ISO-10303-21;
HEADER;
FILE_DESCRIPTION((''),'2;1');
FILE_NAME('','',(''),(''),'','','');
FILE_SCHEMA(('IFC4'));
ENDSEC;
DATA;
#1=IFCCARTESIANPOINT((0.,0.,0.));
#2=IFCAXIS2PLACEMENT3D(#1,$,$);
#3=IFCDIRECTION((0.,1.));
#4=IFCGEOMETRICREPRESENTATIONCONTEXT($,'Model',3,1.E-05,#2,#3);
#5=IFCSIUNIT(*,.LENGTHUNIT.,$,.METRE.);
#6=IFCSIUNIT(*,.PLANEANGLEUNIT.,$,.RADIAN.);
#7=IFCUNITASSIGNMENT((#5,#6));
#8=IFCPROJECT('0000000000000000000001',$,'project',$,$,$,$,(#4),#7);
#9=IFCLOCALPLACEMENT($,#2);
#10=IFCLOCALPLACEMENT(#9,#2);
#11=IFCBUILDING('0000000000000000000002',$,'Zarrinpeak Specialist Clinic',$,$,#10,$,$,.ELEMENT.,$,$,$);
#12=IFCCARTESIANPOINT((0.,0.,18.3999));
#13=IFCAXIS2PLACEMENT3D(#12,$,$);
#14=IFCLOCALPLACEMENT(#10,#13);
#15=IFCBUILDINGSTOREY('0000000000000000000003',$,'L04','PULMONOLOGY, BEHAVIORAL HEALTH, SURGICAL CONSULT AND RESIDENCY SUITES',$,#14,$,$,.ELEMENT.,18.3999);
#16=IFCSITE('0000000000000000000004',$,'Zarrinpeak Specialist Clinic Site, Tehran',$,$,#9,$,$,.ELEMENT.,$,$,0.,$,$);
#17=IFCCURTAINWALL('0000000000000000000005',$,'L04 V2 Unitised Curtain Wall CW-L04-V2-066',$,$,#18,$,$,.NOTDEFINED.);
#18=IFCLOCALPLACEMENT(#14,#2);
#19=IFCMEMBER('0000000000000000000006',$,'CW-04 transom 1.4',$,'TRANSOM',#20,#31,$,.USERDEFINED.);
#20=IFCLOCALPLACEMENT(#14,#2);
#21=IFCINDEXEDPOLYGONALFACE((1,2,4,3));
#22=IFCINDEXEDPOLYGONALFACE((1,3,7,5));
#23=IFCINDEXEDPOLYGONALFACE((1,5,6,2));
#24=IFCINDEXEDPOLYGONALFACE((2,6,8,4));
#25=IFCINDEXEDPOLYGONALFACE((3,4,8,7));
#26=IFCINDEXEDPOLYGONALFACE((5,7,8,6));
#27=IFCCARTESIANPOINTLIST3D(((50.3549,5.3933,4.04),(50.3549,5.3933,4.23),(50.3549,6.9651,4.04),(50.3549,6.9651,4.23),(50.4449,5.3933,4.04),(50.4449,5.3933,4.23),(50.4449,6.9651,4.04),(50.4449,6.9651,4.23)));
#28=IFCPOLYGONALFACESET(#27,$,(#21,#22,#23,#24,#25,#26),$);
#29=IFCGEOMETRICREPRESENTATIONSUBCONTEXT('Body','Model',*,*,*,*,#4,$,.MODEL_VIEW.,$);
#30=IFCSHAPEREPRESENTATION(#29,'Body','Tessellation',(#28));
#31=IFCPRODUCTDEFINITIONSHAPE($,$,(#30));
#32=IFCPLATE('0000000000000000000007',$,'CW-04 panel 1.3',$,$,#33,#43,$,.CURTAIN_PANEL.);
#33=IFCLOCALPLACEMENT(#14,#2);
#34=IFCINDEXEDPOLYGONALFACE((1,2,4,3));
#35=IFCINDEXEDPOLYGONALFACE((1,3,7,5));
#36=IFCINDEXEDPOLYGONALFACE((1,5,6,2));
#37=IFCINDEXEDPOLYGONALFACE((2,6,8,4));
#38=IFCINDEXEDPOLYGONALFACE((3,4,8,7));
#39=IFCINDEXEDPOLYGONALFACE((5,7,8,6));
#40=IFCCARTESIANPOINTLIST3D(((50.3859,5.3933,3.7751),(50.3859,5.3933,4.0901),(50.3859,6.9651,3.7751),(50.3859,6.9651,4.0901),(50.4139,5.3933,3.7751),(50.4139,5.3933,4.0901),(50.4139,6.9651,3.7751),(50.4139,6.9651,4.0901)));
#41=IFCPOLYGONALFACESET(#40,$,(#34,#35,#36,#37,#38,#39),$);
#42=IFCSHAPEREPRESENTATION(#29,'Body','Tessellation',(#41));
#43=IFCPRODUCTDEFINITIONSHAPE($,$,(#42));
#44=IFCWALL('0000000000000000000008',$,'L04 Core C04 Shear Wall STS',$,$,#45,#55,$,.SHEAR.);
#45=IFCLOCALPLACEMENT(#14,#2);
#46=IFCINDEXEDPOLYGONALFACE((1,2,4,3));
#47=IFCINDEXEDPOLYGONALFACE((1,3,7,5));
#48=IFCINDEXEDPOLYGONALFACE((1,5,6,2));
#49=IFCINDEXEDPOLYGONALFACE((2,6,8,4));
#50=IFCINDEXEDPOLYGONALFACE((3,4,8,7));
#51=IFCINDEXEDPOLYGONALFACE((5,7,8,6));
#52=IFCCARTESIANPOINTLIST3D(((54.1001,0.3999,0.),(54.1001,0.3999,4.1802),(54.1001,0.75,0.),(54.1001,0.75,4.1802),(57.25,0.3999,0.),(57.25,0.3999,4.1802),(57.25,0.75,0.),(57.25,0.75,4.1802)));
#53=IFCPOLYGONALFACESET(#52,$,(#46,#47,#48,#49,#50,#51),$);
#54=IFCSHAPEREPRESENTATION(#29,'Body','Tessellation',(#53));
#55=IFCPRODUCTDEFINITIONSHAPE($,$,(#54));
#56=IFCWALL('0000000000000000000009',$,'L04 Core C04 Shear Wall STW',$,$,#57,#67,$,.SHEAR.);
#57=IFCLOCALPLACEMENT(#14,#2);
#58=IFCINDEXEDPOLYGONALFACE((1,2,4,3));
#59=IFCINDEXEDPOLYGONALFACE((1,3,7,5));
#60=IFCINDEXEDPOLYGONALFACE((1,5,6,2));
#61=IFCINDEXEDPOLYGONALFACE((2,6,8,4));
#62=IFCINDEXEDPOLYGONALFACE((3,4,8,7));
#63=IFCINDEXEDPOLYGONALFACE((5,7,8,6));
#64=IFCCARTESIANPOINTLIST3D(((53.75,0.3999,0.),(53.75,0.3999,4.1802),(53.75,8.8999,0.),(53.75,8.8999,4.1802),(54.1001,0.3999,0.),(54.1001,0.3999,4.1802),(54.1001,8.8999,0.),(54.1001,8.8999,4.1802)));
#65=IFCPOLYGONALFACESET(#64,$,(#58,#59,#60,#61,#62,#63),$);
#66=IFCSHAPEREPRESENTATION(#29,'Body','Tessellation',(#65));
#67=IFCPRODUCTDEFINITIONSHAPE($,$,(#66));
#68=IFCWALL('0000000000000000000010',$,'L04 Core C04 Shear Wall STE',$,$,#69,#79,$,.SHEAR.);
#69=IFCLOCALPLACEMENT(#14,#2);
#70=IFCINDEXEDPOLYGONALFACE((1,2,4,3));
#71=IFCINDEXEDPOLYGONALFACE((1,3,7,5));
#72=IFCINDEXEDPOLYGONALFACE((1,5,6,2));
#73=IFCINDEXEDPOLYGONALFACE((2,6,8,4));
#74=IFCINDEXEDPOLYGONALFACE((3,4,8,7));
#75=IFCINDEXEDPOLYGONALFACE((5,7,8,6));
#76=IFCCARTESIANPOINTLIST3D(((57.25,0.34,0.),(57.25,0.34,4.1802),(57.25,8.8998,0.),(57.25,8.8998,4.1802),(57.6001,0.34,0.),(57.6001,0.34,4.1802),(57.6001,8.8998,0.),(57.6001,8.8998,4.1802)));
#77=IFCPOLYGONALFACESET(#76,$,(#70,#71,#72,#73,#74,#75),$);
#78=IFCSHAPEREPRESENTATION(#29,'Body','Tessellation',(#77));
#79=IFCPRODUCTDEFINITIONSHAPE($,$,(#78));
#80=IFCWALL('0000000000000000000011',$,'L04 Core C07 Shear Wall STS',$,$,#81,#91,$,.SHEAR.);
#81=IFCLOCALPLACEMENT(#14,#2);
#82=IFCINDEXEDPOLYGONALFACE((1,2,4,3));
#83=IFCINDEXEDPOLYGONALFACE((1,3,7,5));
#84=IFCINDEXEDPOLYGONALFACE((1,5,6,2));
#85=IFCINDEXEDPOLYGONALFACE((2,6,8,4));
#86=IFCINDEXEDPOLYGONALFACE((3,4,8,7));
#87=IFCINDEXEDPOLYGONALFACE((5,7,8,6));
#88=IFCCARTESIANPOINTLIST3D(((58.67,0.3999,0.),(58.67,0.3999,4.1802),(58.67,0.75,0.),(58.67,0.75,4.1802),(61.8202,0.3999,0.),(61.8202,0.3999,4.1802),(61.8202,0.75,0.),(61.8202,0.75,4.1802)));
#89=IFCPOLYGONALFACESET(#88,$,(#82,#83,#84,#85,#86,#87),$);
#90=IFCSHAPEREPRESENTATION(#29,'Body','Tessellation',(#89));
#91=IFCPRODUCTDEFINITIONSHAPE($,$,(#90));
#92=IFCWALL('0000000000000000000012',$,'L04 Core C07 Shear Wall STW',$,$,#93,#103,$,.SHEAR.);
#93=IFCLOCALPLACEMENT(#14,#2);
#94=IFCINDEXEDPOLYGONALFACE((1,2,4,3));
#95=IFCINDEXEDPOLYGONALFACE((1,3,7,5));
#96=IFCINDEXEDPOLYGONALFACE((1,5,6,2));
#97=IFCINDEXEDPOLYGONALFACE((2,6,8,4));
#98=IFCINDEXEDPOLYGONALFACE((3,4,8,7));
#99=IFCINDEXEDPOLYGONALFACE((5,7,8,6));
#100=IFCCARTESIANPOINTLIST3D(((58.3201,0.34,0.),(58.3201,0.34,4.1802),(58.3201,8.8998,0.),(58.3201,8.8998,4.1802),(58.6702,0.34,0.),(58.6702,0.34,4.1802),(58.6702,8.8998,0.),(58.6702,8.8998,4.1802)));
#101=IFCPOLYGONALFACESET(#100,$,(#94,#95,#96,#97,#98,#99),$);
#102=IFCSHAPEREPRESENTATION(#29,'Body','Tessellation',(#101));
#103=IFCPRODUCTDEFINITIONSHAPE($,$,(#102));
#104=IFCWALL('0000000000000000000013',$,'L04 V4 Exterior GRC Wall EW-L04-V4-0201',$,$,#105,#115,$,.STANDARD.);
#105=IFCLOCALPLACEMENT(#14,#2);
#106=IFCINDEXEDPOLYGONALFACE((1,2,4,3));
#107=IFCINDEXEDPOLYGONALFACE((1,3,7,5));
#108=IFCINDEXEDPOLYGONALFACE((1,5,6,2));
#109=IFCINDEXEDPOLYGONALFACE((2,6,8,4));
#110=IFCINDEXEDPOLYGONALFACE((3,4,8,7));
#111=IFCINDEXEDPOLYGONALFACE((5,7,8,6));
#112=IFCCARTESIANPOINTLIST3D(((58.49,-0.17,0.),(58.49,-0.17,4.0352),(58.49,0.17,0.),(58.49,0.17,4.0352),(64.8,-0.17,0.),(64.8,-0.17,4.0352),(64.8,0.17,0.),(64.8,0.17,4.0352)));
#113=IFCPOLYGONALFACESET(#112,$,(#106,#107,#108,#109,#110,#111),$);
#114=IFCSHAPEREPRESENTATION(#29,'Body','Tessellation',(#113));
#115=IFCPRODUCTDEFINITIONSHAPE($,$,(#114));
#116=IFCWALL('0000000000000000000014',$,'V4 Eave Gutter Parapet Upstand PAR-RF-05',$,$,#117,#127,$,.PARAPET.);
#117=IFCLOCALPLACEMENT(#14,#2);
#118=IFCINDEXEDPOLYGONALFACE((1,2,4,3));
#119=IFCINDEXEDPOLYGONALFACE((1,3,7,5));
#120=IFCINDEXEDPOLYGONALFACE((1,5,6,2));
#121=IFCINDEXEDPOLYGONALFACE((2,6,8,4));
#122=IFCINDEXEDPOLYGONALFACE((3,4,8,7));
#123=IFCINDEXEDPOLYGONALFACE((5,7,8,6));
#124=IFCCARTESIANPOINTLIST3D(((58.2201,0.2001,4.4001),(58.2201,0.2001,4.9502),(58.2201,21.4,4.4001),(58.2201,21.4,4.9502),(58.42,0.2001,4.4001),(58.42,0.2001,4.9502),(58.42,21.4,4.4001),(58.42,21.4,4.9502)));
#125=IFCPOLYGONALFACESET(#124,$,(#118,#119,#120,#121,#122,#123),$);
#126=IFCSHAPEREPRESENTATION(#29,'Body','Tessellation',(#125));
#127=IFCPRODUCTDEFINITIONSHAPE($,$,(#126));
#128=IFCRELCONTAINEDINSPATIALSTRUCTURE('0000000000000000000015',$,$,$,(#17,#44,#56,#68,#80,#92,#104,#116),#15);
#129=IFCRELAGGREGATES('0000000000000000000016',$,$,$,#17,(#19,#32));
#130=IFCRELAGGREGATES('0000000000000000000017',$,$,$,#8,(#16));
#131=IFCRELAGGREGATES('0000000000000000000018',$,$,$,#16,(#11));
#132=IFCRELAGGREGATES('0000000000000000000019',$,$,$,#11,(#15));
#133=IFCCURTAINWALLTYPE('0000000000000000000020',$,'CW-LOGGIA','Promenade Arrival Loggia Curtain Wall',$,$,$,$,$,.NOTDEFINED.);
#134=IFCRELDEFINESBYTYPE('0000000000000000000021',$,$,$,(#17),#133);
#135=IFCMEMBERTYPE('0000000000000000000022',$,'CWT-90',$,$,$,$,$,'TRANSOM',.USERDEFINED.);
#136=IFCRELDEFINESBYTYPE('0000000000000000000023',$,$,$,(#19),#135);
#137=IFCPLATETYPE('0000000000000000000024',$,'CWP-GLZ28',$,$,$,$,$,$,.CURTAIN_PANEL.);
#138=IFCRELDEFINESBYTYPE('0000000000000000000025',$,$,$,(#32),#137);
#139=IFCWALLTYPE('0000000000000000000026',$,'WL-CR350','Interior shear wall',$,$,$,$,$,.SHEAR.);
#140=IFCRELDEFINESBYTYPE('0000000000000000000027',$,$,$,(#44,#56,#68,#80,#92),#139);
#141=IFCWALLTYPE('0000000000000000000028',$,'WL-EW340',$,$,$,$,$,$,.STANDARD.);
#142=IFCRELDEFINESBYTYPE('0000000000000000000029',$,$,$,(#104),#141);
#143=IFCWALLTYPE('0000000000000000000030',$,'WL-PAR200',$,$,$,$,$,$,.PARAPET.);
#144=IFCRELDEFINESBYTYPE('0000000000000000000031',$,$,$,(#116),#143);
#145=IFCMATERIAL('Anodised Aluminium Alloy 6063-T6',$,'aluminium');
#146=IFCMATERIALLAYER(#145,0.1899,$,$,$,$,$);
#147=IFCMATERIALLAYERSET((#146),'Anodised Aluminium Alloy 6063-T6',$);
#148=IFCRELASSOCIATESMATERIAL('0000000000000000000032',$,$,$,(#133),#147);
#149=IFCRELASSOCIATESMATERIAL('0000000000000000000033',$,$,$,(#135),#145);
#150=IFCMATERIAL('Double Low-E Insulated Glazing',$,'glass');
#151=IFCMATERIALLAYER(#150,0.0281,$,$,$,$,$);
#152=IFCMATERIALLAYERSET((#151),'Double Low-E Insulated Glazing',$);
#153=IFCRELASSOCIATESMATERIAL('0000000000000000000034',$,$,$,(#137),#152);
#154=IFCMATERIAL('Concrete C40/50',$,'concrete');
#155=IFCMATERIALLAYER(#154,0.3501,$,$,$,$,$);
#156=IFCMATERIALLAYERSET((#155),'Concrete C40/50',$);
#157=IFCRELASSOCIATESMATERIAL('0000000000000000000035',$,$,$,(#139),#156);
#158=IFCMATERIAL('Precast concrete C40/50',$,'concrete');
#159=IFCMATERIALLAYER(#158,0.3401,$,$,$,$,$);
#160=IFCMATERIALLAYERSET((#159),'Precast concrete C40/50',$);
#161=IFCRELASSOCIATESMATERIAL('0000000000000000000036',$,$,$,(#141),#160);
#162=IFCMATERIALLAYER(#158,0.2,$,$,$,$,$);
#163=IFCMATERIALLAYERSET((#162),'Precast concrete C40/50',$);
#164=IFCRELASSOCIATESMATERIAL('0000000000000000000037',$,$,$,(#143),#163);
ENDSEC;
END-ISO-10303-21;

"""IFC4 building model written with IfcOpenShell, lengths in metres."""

from ifc_helpers import new_model, si_unit, direction, frame, frame_2d, origin, origin_2d, place, context, subcontext, project, spatial, rectangle, extrude, material, layer, layer_set, material_profile, profile_set, type_object, element, aggregate, save


model = new_model("IFC4")

# Units and contexts
model_context = context("Model", 3, precision=1e-05, world=origin(), true_north=direction((0.0, 1.0)))
body_context = subcontext(model_context, "Body", "Model", "MODEL_VIEW")
ifc_project = project(units=[si_unit("LENGTHUNIT", "METRE"), si_unit("PLANEANGLEUNIT", "RADIAN")], contexts=[model_context])

# Site, building, storey
site_placement = place(None, origin())
site = spatial("IfcSite", under=ifc_project, at=site_placement, Name="Zarrinpeak Specialist Clinic Site, Tehran", CompositionType="ELEMENT", RefElevation=0.0)
building_placement = place(site_placement, origin())
building = spatial("IfcBuilding", under=site, at=building_placement, Name="Zarrinpeak Specialist Clinic", CompositionType="ELEMENT")
storey_placement = place(building_placement, frame((0.0, 0.0, 18.3999)))
storey = spatial("IfcBuildingStorey", under=building, at=storey_placement, Name="L04", Description="PULMONOLOGY, BEHAVIORAL HEALTH, SURGICAL CONSULT AND RESIDENCY SUITES", CompositionType="ELEMENT", Elevation=18.3999)

# Curtain wall, member, plate
ifc_material_1 = material(Name="Anodised Aluminium Alloy 6063-T6", Category="aluminium")
ifc_layer_1 = layer(ifc_material_1, 0.1899)
ifc_layer_set_1 = layer_set([ifc_layer_1], Name="Anodised Aluminium Alloy 6063-T6")
curtain_wall_type = type_object("IfcCurtainWallType", Name="CW-LOGGIA", Description="Promenade Arrival Loggia Curtain Wall", PredefinedType="NOTDEFINED", material=ifc_layer_set_1)
curtain_wall_placement = place(storey_placement, origin())
curtain_wall = element("IfcCurtainWall", 1, at=curtain_wall_placement, inside=storey, type_object=curtain_wall_type, Name="L04 V2 Unitised Curtain Wall CW-L04-V2-066", PredefinedType="NOTDEFINED")
ifc_material_profile_1 = material_profile(ifc_material_1, rectangle(XDim=0.0901, YDim=0.1899, at=origin_2d()), Name="ALU 90x190")
ifc_profile_set_1 = profile_set([ifc_material_profile_1], Name="Anodised Aluminium Alloy 6063-T6")
member_type_1 = type_object("IfcMemberType", Name="CWT-90", ElementType="TRANSOM", PredefinedType="USERDEFINED", material=ifc_profile_set_1)
member_1_placement = place(storey_placement, frame((50.3999, 6.9651, 4.135), z_axis=(0.0, -1.0, 0.0), x_axis=(1.0, 0.0, 0.0)))
member_1 = element("IfcMember", 2, at=member_1_placement, type_object=member_type_1, Name="CW-04 transom 1.4", ObjectType="TRANSOM", PredefinedType="USERDEFINED", context=body_context, shape_type="SweptSolid", body=[
    extrude(rectangle(XDim=0.0901, YDim=0.1899, at=origin_2d()), origin(), (0.0, 0.0, 1.0), 1.5718),
])
ifc_material_2 = material(Name="Double Low-E Insulated Glazing", Category="glass")
ifc_layer_2 = layer(ifc_material_2, 0.0281)
ifc_layer_set_2 = layer_set([ifc_layer_2], Name="Double Low-E Insulated Glazing")
plate_type = type_object("IfcPlateType", Name="CWP-GLZ28", PredefinedType="CURTAIN_PANEL", material=ifc_layer_set_2)
plate_placement = place(storey_placement, frame((50.3999, 6.1792, 3.7751), z_axis=(0.0, 0.0, 1.0), x_axis=(0.0, -1.0, 0.0)))
plate = element("IfcPlate", 3, at=plate_placement, type_object=plate_type, Name="CW-04 panel 1.3", PredefinedType="CURTAIN_PANEL", context=body_context, shape_type="SweptSolid", body=[
    extrude(rectangle(XDim=1.5718, YDim=0.0281, at=origin_2d()), origin(), (0.0, 0.0, 1.0), 0.3149),
])
aggregate(curtain_wall, [member_1, plate])

# Walls
ifc_material_3 = material(Name="Concrete C40/50", Category="concrete")
ifc_layer_3 = layer(ifc_material_3, 0.3501)
ifc_layer_set_3 = layer_set([ifc_layer_3], Name="Concrete C40/50")
wall_type_1 = type_object("IfcWallType", Name="WL-CR350", Description="Interior shear wall", PredefinedType="SHEAR", material=ifc_layer_set_3)
wall_1_placement = place(storey_placement, frame((54.1001, 0.575, 0.0), z_axis=(0.0, 0.0, 1.0), x_axis=(1.0, 0.0, 0.0)))
element("IfcWall", 4, at=wall_1_placement, inside=storey, type_object=wall_type_1, Name="L04 Core C04 Shear Wall STS", PredefinedType="SHEAR", context=body_context, shape_type="SweptSolid", body=[
    extrude(rectangle(XDim=3.1499, YDim=0.3501, at=frame_2d((1.575, 0.0))), origin(), (0.0, 0.0, 1.0), 4.1802),
])
wall_2_placement = place(storey_placement, frame((53.925, 0.3999, 0.0), z_axis=(0.0, 0.0, 1.0), x_axis=(0.0, 1.0, 0.0)))
element("IfcWall", 5, at=wall_2_placement, inside=storey, type_object=wall_type_1, Name="L04 Core C04 Shear Wall STW", PredefinedType="SHEAR", context=body_context, shape_type="SweptSolid", body=[
    extrude(rectangle(XDim=8.5, YDim=0.3501, at=frame_2d((4.25, 0.0))), origin(), (0.0, 0.0, 1.0), 4.1802),
])
wall_3_placement = place(storey_placement, frame((57.425, 0.3401, 0.0), z_axis=(0.0, 0.0, 1.0), x_axis=(0.0, 1.0, 0.0)))
element("IfcWall", 6, at=wall_3_placement, inside=storey, type_object=wall_type_1, Name="L04 Core C04 Shear Wall STE", PredefinedType="SHEAR", context=body_context, shape_type="SweptSolid", body=[
    extrude(rectangle(XDim=8.5598, YDim=0.3501, at=frame_2d((4.2798, 0.0))), origin(), (0.0, 0.0, 1.0), 4.1802),
])
wall_4_placement = place(storey_placement, frame((58.6699, 0.575, 0.0), z_axis=(0.0, 0.0, 1.0), x_axis=(1.0, 0.0, 0.0)))
element("IfcWall", 7, at=wall_4_placement, inside=storey, type_object=wall_type_1, Name="L04 Core C07 Shear Wall STS", PredefinedType="SHEAR", context=body_context, shape_type="SweptSolid", body=[
    extrude(rectangle(XDim=3.1501, YDim=0.3501, at=frame_2d((1.5752, 0.0))), origin(), (0.0, 0.0, 1.0), 4.1802),
])
wall_5_placement = place(storey_placement, frame((58.4951, 0.3401, 0.0), z_axis=(0.0, 0.0, 1.0), x_axis=(0.0, 1.0, 0.0)))
element("IfcWall", 8, at=wall_5_placement, inside=storey, type_object=wall_type_1, Name="L04 Core C07 Shear Wall STW", PredefinedType="SHEAR", context=body_context, shape_type="SweptSolid", body=[
    extrude(rectangle(XDim=8.5598, YDim=0.3501, at=frame_2d((4.2798, 0.0))), origin(), (0.0, 0.0, 1.0), 4.1802),
])
ifc_material_4 = material(Name="Precast concrete C40/50", Category="concrete")
ifc_layer_4 = layer(ifc_material_4, 0.3401)
ifc_layer_set_4 = layer_set([ifc_layer_4], Name="Precast concrete C40/50")
wall_type_2 = type_object("IfcWallType", Name="WL-EW340", PredefinedType="STANDARD", material=ifc_layer_set_4)
wall_6_placement = place(storey_placement, frame((58.49, 0.0, 0.0), z_axis=(0.0, 0.0, 1.0), x_axis=(1.0, 0.0, 0.0)))
element("IfcWall", 9, at=wall_6_placement, inside=storey, type_object=wall_type_2, Name="L04 V4 Exterior GRC Wall EW-L04-V4-0201", PredefinedType="STANDARD", context=body_context, shape_type="SweptSolid", body=[
    extrude(rectangle(XDim=6.3101, YDim=0.3401, at=frame_2d((3.155, 0.0))), origin(), (0.0, 0.0, 1.0), 4.0352),
])
ifc_layer_5 = layer(ifc_material_4, 0.2)
ifc_layer_set_5 = layer_set([ifc_layer_5], Name="Precast concrete C40/50")
wall_type_3 = type_object("IfcWallType", Name="WL-PAR200", PredefinedType="PARAPET", material=ifc_layer_set_5)
wall_7_placement = place(storey_placement, frame((58.3201, 0.2, 4.4001), z_axis=(0.0, 0.0, 1.0), x_axis=(0.0, 1.0, 0.0)))
element("IfcWall", 10, at=wall_7_placement, inside=storey, type_object=wall_type_3, Name="V4 Eave Gutter Parapet Upstand PAR-RF-05", PredefinedType="PARAPET", context=body_context, shape_type="SweptSolid", body=[
    extrude(rectangle(XDim=21.2, YDim=0.2, at=frame_2d((10.6001, 0.0))), origin(), (0.0, 0.0, 1.0), 0.55),
])

save(model, "model.ifc")
